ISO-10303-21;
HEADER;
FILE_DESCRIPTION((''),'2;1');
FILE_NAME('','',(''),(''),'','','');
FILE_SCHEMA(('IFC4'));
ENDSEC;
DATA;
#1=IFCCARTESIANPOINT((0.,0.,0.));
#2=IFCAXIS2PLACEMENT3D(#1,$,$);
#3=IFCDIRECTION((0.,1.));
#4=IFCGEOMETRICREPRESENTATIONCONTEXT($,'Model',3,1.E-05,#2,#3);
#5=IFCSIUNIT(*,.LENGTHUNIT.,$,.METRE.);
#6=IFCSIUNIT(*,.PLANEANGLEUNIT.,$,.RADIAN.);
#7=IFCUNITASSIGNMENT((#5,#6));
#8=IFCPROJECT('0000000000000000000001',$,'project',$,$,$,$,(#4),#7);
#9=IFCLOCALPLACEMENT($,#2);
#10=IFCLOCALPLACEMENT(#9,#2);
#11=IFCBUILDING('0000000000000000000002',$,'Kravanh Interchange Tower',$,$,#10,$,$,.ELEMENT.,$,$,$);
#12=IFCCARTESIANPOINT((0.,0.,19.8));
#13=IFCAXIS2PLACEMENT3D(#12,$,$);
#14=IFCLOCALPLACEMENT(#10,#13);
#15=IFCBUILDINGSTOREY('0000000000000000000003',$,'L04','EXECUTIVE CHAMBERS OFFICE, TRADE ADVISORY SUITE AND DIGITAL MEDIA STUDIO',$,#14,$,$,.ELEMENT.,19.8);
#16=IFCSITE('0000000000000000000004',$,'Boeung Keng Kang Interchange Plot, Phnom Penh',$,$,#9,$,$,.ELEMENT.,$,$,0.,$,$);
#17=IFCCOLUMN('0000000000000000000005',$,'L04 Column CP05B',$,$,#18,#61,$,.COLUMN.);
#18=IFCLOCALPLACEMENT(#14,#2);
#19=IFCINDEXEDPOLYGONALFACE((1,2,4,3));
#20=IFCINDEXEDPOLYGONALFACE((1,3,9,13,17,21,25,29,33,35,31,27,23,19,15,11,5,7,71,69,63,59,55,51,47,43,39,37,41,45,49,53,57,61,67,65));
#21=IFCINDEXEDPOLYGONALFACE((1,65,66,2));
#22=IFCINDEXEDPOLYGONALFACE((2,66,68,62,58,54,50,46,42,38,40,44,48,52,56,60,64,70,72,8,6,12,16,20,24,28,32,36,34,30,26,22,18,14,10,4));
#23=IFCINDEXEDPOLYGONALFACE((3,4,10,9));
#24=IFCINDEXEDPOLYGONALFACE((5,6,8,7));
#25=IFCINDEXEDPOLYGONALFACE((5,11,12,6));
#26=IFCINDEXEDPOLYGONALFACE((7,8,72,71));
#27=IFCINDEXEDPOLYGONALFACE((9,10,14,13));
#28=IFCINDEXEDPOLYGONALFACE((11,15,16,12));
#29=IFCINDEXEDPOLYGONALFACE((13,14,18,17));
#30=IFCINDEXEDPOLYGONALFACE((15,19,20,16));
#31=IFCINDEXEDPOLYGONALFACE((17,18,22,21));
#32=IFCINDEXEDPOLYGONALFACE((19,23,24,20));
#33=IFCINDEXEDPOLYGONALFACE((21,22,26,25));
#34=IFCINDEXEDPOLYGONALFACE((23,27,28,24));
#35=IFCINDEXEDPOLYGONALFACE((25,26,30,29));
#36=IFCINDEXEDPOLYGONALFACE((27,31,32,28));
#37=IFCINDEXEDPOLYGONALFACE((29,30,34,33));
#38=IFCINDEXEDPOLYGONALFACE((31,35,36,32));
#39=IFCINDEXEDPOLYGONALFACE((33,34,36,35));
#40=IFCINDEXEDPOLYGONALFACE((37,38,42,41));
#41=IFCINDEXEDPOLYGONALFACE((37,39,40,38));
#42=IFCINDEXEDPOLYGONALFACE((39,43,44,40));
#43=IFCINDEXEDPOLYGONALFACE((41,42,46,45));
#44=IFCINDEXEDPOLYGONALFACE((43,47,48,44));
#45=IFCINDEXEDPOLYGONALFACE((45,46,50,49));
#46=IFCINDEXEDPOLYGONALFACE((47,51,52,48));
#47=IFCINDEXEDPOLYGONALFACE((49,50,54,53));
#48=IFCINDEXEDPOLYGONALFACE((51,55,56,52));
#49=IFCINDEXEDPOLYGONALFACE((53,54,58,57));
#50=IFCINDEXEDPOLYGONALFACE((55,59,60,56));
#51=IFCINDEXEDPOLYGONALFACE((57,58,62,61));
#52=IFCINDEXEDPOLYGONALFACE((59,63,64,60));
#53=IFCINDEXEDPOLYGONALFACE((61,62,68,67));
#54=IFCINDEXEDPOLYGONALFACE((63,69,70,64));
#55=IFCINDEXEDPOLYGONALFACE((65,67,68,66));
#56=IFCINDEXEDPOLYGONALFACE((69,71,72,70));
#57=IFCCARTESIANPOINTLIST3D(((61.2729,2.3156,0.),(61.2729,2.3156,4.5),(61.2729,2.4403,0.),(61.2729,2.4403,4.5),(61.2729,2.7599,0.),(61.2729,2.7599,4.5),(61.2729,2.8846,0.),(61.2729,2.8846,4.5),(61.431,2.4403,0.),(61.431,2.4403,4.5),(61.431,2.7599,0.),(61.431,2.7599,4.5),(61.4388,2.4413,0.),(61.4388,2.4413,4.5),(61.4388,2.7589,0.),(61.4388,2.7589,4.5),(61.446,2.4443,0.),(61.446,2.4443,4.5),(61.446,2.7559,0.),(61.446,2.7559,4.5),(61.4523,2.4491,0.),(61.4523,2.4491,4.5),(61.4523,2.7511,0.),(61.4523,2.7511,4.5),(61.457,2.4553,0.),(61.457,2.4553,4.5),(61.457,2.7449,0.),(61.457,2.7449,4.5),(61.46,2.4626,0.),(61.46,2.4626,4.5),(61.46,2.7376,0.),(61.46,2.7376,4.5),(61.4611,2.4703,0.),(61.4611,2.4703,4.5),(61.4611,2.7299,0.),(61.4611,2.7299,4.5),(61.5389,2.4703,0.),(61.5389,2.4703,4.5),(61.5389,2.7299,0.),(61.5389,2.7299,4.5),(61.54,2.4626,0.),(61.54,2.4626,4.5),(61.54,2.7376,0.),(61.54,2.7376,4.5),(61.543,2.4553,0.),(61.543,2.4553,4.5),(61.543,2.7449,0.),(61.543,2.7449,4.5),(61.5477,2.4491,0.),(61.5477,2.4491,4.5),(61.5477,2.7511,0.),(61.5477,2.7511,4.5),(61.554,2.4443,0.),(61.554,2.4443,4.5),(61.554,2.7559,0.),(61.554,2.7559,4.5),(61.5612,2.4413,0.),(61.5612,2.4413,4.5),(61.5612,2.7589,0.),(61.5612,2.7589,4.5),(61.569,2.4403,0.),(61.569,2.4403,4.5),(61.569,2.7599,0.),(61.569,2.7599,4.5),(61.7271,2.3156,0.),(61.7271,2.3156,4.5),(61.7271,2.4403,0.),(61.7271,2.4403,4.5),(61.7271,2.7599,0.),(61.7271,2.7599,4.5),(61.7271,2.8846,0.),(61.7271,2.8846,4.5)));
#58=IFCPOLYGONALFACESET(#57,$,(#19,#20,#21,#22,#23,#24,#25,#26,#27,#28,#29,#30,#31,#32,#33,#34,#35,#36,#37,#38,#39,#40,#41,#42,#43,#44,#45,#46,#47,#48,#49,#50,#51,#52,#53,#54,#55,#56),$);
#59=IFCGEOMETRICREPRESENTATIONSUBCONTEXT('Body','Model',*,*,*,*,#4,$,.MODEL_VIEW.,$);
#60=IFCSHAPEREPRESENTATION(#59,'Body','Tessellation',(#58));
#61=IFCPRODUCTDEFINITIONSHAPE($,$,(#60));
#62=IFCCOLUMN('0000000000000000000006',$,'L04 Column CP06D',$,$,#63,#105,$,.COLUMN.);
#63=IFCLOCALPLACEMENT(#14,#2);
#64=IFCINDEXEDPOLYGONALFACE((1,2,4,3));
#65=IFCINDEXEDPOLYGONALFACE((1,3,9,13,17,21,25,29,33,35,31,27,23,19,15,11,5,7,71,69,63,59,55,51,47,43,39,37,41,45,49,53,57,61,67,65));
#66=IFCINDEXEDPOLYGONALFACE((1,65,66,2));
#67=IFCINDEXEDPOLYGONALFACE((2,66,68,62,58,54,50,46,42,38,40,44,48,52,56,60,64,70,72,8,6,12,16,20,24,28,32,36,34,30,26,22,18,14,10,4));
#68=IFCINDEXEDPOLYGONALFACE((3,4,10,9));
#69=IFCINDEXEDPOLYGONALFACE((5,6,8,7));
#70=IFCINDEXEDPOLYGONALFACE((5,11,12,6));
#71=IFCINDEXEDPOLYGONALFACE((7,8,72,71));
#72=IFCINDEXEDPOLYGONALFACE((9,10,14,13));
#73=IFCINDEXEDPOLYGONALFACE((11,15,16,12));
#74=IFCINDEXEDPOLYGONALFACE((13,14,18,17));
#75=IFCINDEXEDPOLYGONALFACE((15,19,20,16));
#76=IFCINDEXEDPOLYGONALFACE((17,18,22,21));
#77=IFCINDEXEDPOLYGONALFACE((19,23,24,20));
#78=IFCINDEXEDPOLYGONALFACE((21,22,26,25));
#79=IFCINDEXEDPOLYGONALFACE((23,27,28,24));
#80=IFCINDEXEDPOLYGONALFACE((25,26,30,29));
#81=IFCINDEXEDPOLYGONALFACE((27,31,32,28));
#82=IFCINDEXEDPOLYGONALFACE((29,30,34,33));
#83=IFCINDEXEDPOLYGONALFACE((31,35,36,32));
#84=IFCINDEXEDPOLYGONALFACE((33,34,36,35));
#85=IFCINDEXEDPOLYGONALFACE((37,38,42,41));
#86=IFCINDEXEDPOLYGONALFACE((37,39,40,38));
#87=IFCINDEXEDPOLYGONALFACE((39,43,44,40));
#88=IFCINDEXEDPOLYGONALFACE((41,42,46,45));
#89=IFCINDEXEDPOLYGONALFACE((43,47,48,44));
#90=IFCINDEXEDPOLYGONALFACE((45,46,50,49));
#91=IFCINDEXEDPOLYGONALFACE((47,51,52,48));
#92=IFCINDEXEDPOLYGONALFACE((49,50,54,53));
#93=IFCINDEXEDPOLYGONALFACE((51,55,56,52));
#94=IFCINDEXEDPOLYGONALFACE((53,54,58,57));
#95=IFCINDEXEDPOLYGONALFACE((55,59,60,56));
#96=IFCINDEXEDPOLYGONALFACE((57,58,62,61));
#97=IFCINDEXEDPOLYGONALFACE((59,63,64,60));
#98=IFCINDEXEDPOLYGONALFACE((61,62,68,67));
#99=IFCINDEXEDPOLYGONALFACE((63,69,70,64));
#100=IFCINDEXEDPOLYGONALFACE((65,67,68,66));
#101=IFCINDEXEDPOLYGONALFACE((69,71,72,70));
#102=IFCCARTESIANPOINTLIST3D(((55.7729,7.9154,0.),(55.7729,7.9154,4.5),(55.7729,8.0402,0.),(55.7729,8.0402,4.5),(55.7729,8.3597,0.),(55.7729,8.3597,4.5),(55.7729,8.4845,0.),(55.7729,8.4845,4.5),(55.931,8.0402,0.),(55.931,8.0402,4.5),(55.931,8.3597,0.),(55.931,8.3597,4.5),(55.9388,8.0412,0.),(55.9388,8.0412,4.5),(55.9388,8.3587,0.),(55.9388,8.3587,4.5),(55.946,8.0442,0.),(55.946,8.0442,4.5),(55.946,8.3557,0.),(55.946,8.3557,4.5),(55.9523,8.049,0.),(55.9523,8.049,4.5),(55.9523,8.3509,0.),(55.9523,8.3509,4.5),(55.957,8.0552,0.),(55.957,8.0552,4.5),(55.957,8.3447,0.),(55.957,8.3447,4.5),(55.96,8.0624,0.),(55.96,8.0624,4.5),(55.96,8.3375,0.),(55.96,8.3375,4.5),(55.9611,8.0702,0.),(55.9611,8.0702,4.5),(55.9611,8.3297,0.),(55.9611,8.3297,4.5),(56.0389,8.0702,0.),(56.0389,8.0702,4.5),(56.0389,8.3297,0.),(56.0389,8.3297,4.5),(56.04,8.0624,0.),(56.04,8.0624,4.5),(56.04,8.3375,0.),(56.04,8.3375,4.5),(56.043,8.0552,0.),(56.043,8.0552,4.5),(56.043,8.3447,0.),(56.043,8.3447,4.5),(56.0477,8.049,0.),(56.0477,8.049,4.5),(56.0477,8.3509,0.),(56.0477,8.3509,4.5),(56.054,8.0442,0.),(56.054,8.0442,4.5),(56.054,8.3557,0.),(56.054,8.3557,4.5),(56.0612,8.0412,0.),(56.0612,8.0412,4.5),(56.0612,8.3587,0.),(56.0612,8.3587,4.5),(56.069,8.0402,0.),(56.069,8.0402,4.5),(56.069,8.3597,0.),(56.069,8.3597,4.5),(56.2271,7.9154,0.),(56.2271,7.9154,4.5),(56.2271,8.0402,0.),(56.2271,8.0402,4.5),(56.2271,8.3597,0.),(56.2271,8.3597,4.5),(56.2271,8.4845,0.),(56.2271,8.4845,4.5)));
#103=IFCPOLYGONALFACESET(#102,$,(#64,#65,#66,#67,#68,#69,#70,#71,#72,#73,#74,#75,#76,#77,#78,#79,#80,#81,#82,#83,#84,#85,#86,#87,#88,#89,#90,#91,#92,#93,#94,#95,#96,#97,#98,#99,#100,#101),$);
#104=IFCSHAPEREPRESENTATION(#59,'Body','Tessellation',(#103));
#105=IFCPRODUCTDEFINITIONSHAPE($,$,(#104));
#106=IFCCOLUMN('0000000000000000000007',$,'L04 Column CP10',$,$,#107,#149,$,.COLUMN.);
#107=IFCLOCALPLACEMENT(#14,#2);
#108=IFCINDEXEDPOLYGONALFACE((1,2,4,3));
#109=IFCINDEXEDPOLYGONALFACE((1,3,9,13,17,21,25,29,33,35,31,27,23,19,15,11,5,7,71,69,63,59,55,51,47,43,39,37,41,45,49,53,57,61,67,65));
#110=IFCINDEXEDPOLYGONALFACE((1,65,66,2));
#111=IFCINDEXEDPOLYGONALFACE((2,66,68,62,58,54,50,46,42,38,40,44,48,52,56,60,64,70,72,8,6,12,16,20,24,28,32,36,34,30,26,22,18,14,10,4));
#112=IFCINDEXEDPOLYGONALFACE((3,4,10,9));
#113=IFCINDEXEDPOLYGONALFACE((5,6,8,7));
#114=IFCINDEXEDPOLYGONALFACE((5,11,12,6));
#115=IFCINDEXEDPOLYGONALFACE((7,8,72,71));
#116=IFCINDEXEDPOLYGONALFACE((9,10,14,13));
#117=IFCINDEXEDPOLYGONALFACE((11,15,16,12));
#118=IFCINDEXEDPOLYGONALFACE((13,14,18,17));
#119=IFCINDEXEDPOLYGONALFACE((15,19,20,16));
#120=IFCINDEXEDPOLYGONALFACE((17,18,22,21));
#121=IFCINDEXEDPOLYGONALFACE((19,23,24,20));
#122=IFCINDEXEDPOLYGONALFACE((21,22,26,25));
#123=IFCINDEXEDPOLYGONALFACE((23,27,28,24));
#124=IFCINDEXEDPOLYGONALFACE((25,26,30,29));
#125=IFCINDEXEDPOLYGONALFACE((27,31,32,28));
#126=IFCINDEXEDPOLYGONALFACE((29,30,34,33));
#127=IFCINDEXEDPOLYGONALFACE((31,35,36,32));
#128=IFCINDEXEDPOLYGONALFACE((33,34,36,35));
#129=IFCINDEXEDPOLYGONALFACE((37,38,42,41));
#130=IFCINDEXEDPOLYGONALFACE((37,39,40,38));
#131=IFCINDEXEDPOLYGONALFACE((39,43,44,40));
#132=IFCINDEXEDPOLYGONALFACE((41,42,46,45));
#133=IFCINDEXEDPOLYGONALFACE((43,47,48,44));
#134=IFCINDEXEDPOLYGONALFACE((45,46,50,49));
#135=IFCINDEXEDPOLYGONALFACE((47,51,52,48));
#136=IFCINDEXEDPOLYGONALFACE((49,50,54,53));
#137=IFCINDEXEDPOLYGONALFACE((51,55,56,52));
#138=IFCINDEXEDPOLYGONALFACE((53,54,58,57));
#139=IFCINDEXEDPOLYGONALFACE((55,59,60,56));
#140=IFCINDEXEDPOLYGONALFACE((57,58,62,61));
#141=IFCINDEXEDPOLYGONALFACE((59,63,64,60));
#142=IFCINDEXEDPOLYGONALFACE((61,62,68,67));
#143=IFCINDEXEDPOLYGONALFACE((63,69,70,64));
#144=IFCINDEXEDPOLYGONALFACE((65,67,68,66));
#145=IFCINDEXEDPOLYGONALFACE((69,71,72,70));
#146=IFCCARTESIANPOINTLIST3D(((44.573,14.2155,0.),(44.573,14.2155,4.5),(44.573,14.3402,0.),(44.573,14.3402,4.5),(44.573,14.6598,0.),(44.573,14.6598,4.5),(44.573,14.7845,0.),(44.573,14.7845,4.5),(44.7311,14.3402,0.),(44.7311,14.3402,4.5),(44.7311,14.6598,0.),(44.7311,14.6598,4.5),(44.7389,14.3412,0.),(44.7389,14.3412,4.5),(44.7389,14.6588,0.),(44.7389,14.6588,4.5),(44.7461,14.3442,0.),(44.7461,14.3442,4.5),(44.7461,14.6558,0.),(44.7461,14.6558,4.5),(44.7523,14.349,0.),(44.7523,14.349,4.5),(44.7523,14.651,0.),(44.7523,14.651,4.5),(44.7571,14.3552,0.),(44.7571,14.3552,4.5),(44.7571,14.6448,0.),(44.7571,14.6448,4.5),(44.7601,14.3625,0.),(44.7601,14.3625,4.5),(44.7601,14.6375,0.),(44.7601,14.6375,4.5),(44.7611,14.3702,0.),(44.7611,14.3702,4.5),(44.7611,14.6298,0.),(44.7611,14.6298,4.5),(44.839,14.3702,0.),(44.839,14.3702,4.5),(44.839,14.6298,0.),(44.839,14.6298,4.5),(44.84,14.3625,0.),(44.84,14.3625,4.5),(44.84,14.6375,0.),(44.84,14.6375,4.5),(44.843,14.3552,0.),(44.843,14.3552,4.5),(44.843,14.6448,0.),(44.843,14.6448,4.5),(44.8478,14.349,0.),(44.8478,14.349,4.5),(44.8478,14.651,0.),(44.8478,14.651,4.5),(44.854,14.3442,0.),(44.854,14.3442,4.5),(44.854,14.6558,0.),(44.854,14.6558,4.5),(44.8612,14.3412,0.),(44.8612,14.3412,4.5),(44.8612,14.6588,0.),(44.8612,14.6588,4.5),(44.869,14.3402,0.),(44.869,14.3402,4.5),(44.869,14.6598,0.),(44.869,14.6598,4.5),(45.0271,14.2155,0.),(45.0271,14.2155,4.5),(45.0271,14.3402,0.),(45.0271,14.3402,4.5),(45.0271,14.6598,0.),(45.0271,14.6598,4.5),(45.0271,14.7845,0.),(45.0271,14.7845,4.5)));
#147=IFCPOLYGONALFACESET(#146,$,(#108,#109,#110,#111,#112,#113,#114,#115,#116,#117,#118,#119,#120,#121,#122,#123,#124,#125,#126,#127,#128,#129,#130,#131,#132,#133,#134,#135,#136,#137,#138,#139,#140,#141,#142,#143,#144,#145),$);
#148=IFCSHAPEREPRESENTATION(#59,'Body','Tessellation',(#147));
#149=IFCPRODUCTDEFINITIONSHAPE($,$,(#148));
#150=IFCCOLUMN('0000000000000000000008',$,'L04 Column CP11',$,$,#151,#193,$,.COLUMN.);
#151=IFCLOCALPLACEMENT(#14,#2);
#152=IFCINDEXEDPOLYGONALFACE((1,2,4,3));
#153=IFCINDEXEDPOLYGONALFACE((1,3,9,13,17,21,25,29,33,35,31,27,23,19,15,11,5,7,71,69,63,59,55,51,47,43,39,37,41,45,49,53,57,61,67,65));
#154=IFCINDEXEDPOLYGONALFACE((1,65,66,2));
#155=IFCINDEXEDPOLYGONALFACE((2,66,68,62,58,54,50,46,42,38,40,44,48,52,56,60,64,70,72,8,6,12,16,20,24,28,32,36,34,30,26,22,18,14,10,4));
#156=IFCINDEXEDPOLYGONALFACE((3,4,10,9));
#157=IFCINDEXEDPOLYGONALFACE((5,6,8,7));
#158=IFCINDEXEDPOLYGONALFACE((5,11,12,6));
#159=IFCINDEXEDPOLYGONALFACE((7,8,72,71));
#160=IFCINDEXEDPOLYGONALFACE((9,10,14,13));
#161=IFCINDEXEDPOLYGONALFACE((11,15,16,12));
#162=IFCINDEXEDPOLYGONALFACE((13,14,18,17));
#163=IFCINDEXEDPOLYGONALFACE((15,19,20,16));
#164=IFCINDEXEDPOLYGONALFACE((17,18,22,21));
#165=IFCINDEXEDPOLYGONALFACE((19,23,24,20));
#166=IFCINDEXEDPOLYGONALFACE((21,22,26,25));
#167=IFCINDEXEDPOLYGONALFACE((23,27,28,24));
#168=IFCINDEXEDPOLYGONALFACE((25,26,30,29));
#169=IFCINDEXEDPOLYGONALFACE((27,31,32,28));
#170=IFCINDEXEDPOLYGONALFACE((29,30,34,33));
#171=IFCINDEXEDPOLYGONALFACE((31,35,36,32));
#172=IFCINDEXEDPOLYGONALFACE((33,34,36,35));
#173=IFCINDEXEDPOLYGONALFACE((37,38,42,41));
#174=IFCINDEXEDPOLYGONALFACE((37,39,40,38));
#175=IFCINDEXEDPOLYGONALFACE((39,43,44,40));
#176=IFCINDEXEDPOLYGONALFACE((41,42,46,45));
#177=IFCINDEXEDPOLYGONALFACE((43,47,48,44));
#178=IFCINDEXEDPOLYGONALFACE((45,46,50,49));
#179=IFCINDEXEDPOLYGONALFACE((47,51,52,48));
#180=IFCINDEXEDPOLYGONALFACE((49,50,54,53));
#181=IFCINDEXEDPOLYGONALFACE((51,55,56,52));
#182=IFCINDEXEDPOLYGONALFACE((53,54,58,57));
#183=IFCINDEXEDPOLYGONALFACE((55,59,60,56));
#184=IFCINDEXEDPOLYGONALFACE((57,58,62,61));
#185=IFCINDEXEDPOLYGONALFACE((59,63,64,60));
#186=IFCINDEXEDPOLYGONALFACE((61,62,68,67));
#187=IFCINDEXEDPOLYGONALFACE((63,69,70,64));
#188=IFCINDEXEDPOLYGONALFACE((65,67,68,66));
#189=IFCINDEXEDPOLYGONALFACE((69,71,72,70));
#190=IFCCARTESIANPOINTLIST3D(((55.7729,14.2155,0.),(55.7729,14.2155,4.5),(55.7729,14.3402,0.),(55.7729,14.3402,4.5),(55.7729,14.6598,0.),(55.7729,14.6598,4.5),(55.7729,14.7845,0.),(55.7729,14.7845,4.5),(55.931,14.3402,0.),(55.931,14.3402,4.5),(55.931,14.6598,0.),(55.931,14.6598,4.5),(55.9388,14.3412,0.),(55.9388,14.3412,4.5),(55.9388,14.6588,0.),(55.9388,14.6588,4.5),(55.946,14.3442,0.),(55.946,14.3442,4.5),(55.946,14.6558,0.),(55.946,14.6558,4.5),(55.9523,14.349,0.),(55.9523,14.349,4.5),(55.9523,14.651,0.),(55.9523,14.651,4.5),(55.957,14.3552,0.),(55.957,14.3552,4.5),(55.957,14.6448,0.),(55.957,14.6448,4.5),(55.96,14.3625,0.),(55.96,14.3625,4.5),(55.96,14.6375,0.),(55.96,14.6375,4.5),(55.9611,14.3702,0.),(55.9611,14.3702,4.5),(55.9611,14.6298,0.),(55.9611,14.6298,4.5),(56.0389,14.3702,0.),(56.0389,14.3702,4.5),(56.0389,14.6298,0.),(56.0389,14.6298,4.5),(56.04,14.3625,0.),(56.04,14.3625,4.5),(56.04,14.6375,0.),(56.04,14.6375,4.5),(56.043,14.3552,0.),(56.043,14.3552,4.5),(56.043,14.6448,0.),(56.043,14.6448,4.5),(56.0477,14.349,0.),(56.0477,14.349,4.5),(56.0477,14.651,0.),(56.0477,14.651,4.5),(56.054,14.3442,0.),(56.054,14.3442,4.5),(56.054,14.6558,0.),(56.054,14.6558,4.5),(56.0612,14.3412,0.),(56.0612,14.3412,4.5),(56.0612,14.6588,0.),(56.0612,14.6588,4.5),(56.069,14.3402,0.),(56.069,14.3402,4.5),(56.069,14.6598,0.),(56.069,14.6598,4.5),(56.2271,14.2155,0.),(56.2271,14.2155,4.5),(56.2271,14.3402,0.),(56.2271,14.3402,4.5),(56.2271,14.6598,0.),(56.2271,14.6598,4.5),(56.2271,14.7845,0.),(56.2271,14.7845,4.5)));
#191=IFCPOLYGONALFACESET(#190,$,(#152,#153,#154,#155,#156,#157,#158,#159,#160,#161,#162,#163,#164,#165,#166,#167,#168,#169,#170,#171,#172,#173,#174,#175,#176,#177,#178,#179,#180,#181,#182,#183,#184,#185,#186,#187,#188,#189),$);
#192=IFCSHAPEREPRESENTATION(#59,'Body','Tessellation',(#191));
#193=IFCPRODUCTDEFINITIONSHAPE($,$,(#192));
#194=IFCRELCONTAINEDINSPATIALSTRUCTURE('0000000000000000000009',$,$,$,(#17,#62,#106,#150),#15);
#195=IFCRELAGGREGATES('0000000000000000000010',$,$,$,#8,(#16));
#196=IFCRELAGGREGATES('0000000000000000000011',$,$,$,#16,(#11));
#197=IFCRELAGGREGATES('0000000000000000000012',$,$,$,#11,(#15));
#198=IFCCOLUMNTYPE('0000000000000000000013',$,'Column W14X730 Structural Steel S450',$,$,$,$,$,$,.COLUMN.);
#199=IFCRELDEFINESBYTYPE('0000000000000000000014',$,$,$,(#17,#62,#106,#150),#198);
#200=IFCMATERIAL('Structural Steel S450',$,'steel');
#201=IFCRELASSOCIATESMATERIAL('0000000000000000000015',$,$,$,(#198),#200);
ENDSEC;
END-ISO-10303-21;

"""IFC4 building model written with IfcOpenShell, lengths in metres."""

from ifc_helpers import new_model, si_unit, direction, frame, origin, origin_2d, place, context, subcontext, project, spatial, i_section, extrude, material, material_profile, profile_set, type_object, element, save


model = new_model("IFC4")

# Units and contexts
model_context = context("Model", 3, precision=1e-05, world=origin(), true_north=direction((0.0, 1.0)))
body_context = subcontext(model_context, "Body", "Model", "MODEL_VIEW")
ifc_project = project(units=[si_unit("LENGTHUNIT", "METRE"), si_unit("PLANEANGLEUNIT", "RADIAN")], contexts=[model_context])

# Site, building, storey
site_placement = place(None, origin())
site = spatial("IfcSite", under=ifc_project, at=site_placement, Name="Boeung Keng Kang Interchange Plot, Phnom Penh", CompositionType="ELEMENT", RefElevation=0.0)
building_placement = place(site_placement, origin())
building = spatial("IfcBuilding", under=site, at=building_placement, Name="Kravanh Interchange Tower", CompositionType="ELEMENT")
storey_placement = place(building_placement, frame((0.0, 0.0, 19.8)))
storey = spatial("IfcBuildingStorey", under=building, at=storey_placement, Name="L04", Description="EXECUTIVE CHAMBERS OFFICE, TRADE ADVISORY SUITE AND DIGITAL MEDIA STUDIO", CompositionType="ELEMENT", Elevation=19.8)

# Columns
ifc_material_1 = material(Name="Structural Steel S450", Category="steel")
ifc_material_profile_1 = material_profile(ifc_material_1, i_section(OverallWidth=0.4541, OverallDepth=0.5691, WebThickness=0.0779, FlangeThickness=0.1248, FilletRadius=0.03, at=origin_2d()), Name="W14X730")
ifc_profile_set_1 = profile_set([ifc_material_profile_1], Name="Structural Steel S450")
column_type = type_object("IfcColumnType", Name="Column W14X730 Structural Steel S450", PredefinedType="COLUMN", material=ifc_profile_set_1)
for number, where, z_axis, x_axis, name in (
    (1, (61.5, 2.6001, 0.0), (0.0, 0.0, 1.0), (1.0, 0.0, 0.0), "L04 Column CP05B"),
    (2, (56.0, 8.2, 0.0), (0.0, 0.0, 1.0), (1.0, 0.0, 0.0), "L04 Column CP06D"),
    (3, (44.8, 14.5, 0.0), (0.0, 0.0, 1.0), (1.0, 0.0, 0.0), "L04 Column CP10"),
    (4, (56.0, 14.5, 0.0), (0.0, 0.0, 1.0), (1.0, 0.0, 0.0), "L04 Column CP11"),
):
    element("IfcColumn", number, at=place(storey_placement, frame(where, z_axis=z_axis, x_axis=x_axis)), inside=storey, type_object=column_type, Name=name, PredefinedType="COLUMN", context=body_context, shape_type="SweptSolid", body=[
        extrude(i_section(OverallWidth=0.4541, OverallDepth=0.5691, WebThickness=0.0779, FlangeThickness=0.1248, FilletRadius=0.03, at=origin_2d()), origin(), (0.0, 0.0, 1.0), 4.5),
    ])

save(model, "model.ifc")
